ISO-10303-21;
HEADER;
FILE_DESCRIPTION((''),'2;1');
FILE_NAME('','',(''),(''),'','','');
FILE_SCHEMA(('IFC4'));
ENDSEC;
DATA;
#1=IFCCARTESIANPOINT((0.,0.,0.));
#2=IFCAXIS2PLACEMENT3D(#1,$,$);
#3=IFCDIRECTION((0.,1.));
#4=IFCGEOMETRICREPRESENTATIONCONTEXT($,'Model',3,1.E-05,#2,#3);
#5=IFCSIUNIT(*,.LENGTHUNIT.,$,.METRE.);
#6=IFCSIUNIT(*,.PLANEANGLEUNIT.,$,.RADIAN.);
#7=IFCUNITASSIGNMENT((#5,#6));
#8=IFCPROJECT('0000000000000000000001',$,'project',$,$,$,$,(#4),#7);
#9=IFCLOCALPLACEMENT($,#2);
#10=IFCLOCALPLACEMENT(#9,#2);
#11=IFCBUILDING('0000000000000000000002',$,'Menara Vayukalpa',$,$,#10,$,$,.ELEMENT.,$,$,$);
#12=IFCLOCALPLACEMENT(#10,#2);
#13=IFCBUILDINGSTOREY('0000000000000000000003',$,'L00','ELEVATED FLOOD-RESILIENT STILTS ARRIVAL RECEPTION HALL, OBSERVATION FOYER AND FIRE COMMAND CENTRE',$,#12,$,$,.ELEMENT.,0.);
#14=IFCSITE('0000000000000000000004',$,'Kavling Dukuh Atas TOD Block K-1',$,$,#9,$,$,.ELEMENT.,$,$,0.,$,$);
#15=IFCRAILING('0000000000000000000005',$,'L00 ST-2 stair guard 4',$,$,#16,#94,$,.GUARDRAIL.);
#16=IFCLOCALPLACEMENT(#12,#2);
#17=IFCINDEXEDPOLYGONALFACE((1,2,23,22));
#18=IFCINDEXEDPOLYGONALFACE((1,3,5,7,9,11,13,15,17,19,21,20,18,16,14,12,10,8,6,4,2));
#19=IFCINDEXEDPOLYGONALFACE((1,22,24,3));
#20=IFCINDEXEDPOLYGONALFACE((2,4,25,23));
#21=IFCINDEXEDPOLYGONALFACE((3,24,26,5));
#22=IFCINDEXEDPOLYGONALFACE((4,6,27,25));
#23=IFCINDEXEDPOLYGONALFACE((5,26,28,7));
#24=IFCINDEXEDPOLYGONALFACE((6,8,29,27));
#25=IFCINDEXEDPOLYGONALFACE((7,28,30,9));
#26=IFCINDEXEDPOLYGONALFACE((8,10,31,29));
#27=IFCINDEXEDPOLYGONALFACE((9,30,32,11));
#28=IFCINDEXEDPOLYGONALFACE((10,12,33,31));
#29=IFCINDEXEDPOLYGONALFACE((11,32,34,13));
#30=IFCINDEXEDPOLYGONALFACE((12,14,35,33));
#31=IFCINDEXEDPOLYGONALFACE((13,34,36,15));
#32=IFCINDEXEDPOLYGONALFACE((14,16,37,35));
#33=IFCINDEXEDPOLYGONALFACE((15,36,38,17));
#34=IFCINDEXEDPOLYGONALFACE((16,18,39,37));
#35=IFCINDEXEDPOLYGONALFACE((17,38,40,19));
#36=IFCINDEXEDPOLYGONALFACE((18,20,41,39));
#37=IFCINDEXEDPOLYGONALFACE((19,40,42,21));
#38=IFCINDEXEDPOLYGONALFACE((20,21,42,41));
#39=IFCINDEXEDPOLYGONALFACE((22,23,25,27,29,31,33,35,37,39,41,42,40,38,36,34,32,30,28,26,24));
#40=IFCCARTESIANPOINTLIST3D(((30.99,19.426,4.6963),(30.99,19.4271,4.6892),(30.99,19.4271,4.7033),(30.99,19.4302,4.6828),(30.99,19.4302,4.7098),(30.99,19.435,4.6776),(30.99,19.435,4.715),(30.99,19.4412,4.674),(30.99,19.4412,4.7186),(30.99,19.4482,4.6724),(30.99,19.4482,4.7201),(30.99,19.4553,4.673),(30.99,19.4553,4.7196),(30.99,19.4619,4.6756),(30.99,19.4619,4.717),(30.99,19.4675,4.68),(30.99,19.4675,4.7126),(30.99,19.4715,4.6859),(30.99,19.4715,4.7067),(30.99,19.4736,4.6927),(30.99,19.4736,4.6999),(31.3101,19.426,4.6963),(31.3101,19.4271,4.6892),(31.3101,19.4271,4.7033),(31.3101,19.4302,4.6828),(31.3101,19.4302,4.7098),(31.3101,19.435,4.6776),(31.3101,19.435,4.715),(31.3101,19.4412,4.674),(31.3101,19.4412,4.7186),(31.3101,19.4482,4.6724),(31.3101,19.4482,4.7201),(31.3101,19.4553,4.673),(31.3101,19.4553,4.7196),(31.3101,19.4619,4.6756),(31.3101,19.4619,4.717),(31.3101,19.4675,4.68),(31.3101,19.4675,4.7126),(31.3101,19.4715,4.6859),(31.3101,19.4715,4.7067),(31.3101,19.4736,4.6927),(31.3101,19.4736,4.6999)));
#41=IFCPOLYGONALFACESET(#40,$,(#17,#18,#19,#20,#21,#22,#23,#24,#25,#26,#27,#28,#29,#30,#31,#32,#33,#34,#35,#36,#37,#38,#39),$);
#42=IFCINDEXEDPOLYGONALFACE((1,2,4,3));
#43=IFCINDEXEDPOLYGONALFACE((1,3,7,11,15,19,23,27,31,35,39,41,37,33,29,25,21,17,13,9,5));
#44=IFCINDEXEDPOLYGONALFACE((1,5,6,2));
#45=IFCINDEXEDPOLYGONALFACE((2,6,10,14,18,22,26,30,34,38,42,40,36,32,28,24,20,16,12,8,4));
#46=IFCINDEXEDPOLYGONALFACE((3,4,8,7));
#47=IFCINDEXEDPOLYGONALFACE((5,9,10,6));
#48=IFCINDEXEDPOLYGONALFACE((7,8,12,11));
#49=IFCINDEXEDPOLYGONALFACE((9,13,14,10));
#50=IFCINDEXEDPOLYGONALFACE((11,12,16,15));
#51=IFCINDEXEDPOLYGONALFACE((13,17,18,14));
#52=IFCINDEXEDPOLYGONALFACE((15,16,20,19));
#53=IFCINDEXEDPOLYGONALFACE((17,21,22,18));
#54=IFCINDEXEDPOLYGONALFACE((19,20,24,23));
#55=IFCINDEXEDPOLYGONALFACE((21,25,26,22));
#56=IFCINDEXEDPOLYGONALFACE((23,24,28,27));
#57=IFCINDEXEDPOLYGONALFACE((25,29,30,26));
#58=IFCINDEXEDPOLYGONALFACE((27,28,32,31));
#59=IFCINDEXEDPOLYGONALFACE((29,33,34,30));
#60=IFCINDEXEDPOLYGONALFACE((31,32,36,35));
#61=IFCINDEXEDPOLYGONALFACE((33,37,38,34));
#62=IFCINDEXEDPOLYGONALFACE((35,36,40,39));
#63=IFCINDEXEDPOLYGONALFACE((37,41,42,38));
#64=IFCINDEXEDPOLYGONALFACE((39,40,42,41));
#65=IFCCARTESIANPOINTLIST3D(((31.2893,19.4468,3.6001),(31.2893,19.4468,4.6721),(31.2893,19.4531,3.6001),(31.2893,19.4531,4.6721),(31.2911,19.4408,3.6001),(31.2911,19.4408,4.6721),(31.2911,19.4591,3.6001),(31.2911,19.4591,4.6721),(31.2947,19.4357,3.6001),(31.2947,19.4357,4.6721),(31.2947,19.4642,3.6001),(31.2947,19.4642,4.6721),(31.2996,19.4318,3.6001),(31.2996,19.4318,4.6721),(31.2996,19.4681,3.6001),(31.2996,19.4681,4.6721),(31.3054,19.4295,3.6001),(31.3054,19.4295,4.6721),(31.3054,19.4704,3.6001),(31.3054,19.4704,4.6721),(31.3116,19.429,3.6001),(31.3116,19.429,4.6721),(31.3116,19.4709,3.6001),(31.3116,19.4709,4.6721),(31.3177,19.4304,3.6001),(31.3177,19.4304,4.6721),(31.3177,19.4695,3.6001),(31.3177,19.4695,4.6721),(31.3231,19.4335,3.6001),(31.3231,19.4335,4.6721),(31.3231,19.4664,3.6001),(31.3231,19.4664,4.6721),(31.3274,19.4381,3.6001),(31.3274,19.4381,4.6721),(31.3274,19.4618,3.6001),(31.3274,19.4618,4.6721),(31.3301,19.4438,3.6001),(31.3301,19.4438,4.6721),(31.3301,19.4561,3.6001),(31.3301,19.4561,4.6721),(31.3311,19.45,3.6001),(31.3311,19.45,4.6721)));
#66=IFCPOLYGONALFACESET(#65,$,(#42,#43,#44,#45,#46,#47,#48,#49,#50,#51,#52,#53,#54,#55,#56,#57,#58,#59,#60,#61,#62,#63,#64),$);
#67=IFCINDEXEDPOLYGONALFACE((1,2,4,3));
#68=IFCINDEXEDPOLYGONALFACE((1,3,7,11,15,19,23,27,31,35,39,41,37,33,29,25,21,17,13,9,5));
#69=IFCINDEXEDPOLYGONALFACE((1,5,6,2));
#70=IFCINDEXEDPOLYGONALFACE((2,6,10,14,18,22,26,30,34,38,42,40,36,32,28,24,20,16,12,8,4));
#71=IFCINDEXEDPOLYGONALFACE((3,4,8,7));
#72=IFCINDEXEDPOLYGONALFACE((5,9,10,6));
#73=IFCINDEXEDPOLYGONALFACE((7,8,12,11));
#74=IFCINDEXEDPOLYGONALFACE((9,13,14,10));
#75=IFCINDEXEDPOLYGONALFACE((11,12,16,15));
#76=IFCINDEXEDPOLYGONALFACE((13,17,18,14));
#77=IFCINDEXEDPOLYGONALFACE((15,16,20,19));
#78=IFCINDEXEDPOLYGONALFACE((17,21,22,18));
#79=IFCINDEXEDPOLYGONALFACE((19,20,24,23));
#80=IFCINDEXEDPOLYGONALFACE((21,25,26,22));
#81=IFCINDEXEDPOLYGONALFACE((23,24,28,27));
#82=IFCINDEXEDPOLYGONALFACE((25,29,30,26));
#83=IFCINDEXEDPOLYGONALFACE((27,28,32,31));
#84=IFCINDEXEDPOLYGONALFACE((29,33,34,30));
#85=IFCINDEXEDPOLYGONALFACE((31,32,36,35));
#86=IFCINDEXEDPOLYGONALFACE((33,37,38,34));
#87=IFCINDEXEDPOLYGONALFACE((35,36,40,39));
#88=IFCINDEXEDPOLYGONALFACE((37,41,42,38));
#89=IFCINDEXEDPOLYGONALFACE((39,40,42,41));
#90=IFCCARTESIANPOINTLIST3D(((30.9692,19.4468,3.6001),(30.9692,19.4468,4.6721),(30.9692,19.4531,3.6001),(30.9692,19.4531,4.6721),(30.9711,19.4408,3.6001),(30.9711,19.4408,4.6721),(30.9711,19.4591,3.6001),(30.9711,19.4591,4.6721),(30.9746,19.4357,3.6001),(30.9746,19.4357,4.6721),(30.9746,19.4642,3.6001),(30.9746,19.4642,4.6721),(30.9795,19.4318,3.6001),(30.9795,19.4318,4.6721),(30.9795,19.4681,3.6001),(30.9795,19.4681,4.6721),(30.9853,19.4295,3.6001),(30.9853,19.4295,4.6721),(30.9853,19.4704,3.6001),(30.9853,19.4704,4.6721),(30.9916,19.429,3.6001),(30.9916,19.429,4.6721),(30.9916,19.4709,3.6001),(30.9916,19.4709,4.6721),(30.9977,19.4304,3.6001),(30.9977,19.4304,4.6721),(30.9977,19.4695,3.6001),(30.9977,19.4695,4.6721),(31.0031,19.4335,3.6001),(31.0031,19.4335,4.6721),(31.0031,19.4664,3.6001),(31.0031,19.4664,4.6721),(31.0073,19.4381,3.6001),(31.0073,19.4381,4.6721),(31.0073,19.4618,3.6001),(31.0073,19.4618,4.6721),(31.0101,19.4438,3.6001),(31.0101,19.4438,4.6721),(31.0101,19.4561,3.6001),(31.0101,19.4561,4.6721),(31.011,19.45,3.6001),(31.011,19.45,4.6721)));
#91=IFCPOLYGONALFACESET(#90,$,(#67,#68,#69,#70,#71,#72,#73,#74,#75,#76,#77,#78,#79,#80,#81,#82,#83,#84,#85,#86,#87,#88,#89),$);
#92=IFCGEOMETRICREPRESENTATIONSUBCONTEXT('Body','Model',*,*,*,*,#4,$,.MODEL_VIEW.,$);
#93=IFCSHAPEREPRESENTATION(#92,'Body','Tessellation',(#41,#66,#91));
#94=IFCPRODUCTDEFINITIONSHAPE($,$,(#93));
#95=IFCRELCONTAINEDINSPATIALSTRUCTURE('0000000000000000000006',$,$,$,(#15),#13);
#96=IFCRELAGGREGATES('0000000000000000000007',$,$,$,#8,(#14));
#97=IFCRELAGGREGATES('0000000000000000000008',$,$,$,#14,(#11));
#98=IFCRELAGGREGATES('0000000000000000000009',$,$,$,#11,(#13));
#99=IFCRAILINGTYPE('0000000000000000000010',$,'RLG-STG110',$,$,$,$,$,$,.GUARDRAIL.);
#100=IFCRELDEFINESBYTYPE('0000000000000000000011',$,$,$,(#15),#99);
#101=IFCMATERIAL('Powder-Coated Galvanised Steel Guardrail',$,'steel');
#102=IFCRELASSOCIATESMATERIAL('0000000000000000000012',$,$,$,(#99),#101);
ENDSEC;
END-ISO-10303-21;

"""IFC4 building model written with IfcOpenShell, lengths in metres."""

from ifc_helpers import new_model, si_unit, direction, frame, origin, origin_2d, place, context, subcontext, project, spatial, circle, extrude, material, type_object, element, save


model = new_model("IFC4")

# Units and contexts
model_context = context("Model", 3, precision=1e-05, world=origin(), true_north=direction((0.0, 1.0)))
body_context = subcontext(model_context, "Body", "Model", "MODEL_VIEW")
ifc_project = project(units=[si_unit("LENGTHUNIT", "METRE"), si_unit("PLANEANGLEUNIT", "RADIAN")], contexts=[model_context])

# Site, building, storey
site_placement = place(None, origin())
site = spatial("IfcSite", under=ifc_project, at=site_placement, Name="Kavling Dukuh Atas TOD Block K-1", CompositionType="ELEMENT", RefElevation=0.0)
building_placement = place(site_placement, origin())
building = spatial("IfcBuilding", under=site, at=building_placement, Name="Menara Vayukalpa", CompositionType="ELEMENT")
storey_placement = place(building_placement, origin())
storey = spatial("IfcBuildingStorey", under=building, at=storey_placement, Name="L00", Description="ELEVATED FLOOD-RESILIENT STILTS ARRIVAL RECEPTION HALL, OBSERVATION FOYER AND FIRE COMMAND CENTRE", CompositionType="ELEMENT", Elevation=0.0)

# Railing
ifc_material_1 = material(Name="Powder-Coated Galvanised Steel Guardrail", Category="steel")
railing_type_1 = type_object("IfcRailingType", Name="RLG-STG110", PredefinedType="GUARDRAIL", material=ifc_material_1)
railing_1_placement = place(storey_placement, frame((31.3101, 19.45, 3.6001)))
element("IfcRailing", 1, at=railing_1_placement, inside=storey, type_object=railing_type_1, Name="L00 ST-2 stair guard 4", PredefinedType="GUARDRAIL", context=body_context, shape_type="SweptSolid", body=[
    extrude(circle(Radius=0.0239, at=origin_2d()), frame((0.0, 0.0, 1.0962), z_axis=(-1.0, 0.0, 0.0), x_axis=(0.0, -1.0, 0.0)), (0.0, 0.0, 1.0), 0.3201),
    extrude(circle(Radius=0.021, at=origin_2d()), origin(), (0.0, 0.0, 1.0), 1.072),
    extrude(circle(Radius=0.021, at=origin_2d()), frame((-0.3201, 0.0, 0.0)), (0.0, 0.0, 1.0), 1.072),
])

save(model, "model.ifc")
